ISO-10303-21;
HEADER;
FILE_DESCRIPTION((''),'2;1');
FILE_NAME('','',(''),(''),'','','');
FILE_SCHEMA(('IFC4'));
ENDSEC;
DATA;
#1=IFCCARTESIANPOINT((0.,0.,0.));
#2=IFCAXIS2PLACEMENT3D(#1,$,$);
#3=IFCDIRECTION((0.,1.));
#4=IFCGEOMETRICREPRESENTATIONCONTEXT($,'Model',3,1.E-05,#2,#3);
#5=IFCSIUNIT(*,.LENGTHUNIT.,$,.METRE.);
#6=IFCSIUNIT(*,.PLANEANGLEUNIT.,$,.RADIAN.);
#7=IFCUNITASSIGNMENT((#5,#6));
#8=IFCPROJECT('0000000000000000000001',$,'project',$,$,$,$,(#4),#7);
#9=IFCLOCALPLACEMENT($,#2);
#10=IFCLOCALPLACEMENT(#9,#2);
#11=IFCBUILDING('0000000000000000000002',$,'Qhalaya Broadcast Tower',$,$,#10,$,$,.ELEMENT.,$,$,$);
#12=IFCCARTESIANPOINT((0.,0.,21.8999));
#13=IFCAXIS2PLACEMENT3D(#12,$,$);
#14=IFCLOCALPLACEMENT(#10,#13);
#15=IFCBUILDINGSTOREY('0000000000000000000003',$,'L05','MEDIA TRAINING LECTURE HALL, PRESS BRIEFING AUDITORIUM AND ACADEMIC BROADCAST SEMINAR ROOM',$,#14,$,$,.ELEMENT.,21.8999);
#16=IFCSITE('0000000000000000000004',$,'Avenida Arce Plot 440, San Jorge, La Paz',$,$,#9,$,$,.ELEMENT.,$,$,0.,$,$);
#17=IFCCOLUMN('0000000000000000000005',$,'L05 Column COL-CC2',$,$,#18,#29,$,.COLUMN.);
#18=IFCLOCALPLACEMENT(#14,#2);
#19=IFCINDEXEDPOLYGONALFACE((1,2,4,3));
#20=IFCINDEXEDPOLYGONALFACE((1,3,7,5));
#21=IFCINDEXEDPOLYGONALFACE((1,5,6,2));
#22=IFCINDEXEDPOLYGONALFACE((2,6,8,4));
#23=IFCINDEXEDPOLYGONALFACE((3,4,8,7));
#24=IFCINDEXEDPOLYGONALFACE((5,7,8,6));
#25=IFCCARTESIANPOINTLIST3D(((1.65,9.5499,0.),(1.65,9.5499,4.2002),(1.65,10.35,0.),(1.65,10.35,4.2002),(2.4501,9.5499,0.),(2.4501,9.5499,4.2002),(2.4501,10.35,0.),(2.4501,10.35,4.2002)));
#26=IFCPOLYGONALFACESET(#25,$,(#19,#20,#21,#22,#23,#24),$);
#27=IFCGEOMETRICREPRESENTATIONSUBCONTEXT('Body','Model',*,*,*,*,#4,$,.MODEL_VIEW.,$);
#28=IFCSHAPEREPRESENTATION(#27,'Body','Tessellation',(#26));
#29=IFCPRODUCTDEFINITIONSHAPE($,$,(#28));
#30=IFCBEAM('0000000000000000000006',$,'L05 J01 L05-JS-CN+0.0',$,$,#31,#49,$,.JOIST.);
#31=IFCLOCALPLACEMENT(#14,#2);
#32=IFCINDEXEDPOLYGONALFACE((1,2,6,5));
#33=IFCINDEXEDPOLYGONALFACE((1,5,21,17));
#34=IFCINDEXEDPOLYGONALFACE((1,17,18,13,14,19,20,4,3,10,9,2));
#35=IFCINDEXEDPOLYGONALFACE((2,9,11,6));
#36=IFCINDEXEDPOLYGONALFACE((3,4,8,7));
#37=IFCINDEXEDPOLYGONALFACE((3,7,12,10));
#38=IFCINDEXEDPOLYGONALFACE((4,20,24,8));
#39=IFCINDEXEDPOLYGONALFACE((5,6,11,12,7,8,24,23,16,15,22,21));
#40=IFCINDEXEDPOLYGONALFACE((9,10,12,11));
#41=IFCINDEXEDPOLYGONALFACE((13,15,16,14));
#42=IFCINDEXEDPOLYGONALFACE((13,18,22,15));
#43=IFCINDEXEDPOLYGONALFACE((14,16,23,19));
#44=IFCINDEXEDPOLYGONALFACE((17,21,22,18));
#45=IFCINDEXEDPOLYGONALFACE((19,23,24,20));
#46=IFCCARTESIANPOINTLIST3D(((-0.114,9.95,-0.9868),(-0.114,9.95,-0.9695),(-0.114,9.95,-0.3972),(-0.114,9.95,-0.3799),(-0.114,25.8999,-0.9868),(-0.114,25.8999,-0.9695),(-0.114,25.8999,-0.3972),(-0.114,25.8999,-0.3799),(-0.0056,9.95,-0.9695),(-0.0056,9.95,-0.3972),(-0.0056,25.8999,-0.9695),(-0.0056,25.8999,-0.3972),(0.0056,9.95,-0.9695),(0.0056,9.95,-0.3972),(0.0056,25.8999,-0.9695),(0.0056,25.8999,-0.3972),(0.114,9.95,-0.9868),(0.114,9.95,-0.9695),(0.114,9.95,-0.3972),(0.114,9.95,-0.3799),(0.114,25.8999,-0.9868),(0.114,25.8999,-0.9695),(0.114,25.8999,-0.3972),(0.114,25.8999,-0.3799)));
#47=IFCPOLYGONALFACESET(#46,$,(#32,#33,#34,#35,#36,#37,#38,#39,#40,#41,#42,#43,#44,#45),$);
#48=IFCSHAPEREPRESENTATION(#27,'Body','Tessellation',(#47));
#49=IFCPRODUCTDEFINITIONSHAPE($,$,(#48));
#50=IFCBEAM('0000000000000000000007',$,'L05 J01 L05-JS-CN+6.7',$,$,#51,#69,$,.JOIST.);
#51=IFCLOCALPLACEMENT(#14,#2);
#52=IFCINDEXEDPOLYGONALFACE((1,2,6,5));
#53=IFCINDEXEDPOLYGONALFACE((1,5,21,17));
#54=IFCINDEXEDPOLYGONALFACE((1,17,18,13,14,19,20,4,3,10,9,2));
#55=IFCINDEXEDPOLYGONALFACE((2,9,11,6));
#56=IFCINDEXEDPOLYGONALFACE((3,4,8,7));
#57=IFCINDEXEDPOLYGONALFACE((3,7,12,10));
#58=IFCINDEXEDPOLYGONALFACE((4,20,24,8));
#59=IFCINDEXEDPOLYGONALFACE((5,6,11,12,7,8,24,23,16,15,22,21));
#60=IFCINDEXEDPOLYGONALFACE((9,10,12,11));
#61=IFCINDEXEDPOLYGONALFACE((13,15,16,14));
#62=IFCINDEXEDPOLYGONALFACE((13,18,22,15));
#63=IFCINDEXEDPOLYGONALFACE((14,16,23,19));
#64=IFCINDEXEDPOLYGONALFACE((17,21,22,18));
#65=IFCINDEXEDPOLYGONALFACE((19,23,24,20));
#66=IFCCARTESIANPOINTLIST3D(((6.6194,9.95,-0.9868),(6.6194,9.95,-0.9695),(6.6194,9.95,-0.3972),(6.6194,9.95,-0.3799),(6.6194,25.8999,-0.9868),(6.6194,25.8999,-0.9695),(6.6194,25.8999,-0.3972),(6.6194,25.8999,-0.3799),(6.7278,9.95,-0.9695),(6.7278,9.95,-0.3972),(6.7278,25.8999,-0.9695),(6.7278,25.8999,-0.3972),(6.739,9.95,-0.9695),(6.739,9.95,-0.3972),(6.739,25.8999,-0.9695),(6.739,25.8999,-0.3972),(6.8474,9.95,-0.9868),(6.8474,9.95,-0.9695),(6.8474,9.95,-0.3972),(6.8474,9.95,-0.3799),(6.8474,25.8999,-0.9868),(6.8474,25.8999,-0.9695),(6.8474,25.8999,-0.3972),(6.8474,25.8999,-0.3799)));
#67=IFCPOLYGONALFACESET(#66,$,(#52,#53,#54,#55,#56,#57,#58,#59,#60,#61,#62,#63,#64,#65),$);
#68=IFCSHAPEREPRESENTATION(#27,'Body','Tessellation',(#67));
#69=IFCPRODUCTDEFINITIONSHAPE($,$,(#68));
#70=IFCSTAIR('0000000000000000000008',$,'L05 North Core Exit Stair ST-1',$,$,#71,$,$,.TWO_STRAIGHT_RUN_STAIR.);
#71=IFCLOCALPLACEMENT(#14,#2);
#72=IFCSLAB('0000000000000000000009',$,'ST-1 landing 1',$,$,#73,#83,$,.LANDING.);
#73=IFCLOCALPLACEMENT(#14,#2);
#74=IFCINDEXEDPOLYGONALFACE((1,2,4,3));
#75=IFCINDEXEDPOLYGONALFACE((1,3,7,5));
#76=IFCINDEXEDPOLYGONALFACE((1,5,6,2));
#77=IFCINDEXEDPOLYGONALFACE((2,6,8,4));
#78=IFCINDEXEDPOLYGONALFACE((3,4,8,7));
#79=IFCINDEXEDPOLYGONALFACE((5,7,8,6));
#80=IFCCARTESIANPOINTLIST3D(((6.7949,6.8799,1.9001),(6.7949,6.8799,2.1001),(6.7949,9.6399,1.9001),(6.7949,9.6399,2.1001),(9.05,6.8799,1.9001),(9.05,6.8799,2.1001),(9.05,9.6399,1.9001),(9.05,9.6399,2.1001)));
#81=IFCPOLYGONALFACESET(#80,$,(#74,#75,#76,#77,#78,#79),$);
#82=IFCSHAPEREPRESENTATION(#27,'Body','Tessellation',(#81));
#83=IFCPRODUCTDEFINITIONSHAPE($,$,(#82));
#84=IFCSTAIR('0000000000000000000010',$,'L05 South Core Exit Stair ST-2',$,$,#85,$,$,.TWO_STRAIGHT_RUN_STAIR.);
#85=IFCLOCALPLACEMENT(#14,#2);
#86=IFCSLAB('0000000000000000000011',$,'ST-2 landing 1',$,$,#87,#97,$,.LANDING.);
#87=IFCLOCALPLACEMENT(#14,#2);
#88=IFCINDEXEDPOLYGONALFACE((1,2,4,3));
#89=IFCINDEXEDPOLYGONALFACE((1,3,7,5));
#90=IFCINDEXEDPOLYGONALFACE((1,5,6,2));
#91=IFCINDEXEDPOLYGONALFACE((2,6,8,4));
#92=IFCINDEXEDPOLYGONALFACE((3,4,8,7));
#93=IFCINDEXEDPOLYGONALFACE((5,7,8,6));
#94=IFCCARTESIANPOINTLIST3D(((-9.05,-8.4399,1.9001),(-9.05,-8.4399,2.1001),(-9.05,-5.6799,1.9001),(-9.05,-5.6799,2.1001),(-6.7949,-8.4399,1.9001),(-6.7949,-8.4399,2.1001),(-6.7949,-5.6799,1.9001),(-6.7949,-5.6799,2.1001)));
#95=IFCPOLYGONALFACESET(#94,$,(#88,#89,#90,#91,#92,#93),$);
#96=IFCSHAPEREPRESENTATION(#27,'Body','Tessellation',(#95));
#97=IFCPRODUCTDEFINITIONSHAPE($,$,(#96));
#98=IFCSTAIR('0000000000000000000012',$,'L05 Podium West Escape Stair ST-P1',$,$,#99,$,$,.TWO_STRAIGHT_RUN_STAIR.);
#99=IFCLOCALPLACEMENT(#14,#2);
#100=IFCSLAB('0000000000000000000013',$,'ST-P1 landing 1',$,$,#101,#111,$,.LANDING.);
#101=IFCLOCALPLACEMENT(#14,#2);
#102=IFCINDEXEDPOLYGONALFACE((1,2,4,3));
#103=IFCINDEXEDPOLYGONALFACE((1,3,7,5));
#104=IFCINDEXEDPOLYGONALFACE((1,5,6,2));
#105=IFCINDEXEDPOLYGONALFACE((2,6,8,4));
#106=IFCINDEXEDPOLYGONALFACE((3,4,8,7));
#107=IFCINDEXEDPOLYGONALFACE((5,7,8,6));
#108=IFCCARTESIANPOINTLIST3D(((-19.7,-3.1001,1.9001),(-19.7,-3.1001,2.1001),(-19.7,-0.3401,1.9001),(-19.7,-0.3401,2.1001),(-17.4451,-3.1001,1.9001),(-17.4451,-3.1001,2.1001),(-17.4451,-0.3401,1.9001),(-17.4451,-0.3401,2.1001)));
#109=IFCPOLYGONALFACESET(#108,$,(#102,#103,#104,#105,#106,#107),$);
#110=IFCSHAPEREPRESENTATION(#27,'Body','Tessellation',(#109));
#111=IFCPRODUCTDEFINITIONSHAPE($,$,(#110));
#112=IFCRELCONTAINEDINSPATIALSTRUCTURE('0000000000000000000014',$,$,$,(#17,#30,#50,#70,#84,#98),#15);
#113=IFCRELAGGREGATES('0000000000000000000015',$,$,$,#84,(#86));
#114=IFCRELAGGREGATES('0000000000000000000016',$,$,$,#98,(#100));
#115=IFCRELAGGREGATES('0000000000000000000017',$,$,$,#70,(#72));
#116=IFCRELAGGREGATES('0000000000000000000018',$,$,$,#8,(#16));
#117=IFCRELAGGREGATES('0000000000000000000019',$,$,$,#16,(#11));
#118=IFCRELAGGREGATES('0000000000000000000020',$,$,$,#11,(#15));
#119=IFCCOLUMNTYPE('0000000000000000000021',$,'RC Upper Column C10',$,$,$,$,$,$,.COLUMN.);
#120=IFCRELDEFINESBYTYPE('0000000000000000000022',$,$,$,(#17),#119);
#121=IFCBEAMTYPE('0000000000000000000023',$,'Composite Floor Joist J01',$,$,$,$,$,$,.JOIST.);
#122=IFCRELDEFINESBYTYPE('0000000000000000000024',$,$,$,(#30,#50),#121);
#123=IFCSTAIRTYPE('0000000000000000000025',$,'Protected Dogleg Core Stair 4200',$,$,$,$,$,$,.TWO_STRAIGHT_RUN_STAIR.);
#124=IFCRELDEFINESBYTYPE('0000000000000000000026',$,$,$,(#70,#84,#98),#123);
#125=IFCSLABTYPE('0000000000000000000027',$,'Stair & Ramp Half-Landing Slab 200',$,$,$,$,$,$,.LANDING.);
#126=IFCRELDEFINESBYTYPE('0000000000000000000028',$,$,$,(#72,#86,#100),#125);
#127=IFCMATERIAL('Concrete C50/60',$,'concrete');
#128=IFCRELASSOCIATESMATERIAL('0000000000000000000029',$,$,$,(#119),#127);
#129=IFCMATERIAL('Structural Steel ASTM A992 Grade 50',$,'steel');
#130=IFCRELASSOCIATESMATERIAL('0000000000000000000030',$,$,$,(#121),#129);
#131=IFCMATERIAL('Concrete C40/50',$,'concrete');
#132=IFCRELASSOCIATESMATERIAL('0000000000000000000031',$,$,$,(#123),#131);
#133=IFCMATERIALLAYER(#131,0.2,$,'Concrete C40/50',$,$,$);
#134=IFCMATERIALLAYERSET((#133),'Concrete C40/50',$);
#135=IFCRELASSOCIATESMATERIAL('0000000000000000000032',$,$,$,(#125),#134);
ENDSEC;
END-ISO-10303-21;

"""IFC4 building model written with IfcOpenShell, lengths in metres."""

from ifc_helpers import new_model, si_unit, direction, frame, origin, origin_2d, place, context, subcontext, project, spatial, polyline, rectangle, i_section, outline, extrude, material, layer, layer_set, material_profile, profile_set, type_object, element, aggregate, save


model = new_model("IFC4")

# Units and contexts
model_context = context("Model", 3, precision=1e-05, world=origin(), true_north=direction((0.0, 1.0)))
body_context = subcontext(model_context, "Body", "Model", "MODEL_VIEW")
ifc_project = project(units=[si_unit("LENGTHUNIT", "METRE"), si_unit("PLANEANGLEUNIT", "RADIAN")], contexts=[model_context])

# Site, building, storey
site_placement = place(None, origin())
site = spatial("IfcSite", under=ifc_project, at=site_placement, Name="Avenida Arce Plot 440, San Jorge, La Paz", CompositionType="ELEMENT", RefElevation=0.0)
building_placement = place(site_placement, origin())
building = spatial("IfcBuilding", under=site, at=building_placement, Name="Qhalaya Broadcast Tower", CompositionType="ELEMENT")
storey_placement = place(building_placement, frame((0.0, 0.0, 21.8999)))
storey = spatial("IfcBuildingStorey", under=building, at=storey_placement, Name="L05", Description="MEDIA TRAINING LECTURE HALL, PRESS BRIEFING AUDITORIUM AND ACADEMIC BROADCAST SEMINAR ROOM", CompositionType="ELEMENT", Elevation=21.8999)

# Column
ifc_material_1 = material(Name="Concrete C50/60", Category="concrete")
ifc_material_profile_1 = material_profile(ifc_material_1, rectangle(XDim=0.8, YDim=0.8, at=origin_2d()), Name="RC-COL 800x800")
ifc_profile_set_1 = profile_set([ifc_material_profile_1], Name="Concrete C50/60")
column_type = type_object("IfcColumnType", Name="RC Upper Column C10", PredefinedType="COLUMN", material=ifc_profile_set_1)
column_placement = place(storey_placement, frame((2.05, 9.95, 0.0), z_axis=(0.0, 0.0, 1.0), x_axis=(1.0, 0.0, 0.0)))
element("IfcColumn", 1, at=column_placement, inside=storey, type_object=column_type, Name="L05 Column COL-CC2", PredefinedType="COLUMN", context=body_context, shape_type="SweptSolid", body=[
    extrude(rectangle(XDim=0.8, YDim=0.8, at=origin_2d()), origin(), (0.0, 0.0, 1.0), 4.2002),
])

# Beams
ifc_material_2 = material(Name="Structural Steel ASTM A992 Grade 50", Category="steel")
ifc_material_profile_2 = material_profile(ifc_material_2, i_section(OverallWidth=0.228, OverallDepth=0.6069, WebThickness=0.0112, FlangeThickness=0.0173, at=origin_2d()), Name="W24X76")
ifc_profile_set_2 = profile_set([ifc_material_profile_2], Name="Structural Steel ASTM A992 Grade 50")
beam_type = type_object("IfcBeamType", Name="Composite Floor Joist J01", PredefinedType="JOIST", material=ifc_profile_set_2)
for number, where, z_axis, x_axis, name in (
    (2, (0.0, 9.95, -0.6833), (0.0, 1.0, 0.0), (-1.0, 0.0, 0.0), "L05 J01 L05-JS-CN+0.0"),
    (3, (6.7334, 9.95, -0.6833), (0.0, 1.0, 0.0), (-1.0, 0.0, 0.0), "L05 J01 L05-JS-CN+6.7"),
):
    element("IfcBeam", number, at=place(storey_placement, frame(where, z_axis=z_axis, x_axis=x_axis)), inside=storey, type_object=beam_type, Name=name, PredefinedType="JOIST", context=body_context, shape_type="SweptSolid", body=[
        extrude(i_section(OverallWidth=0.228, OverallDepth=0.6069, WebThickness=0.0112, FlangeThickness=0.0173, at=origin_2d()), origin(), (0.0, 0.0, 1.0), 15.95),
    ])

# Stairs, slabs
ifc_material_3 = material(Name="Concrete C40/50", Category="concrete")
stair_type = type_object("IfcStairType", Name="Protected Dogleg Core Stair 4200", PredefinedType="TWO_STRAIGHT_RUN_STAIR", material=ifc_material_3)
stair_1_placement = place(storey_placement, origin())
stair_1 = element("IfcStair", 4, at=stair_1_placement, inside=storey, type_object=stair_type, Name="L05 North Core Exit Stair ST-1", PredefinedType="TWO_STRAIGHT_RUN_STAIR")
ifc_layer_1 = layer(ifc_material_3, 0.2, Name="Concrete C40/50")
ifc_layer_set_1 = layer_set([ifc_layer_1], Name="Concrete C40/50")
slab_type_1 = type_object("IfcSlabType", Name="Stair & Ramp Half-Landing Slab 200", PredefinedType="LANDING", material=ifc_layer_set_1)
slab_1_placement = place(storey_placement, frame((0.0, 0.0, 1.9001)))
slab_1 = element("IfcSlab", 5, at=slab_1_placement, type_object=slab_type_1, Name="ST-1 landing 1", PredefinedType="LANDING", context=body_context, shape_type="SweptSolid", body=[
    extrude(outline(polyline([(6.7949, 6.8799), (9.05, 6.8799), (9.05, 9.6399), (6.7949, 9.6399), (6.7949, 6.8799)])), origin(), (0.0, 0.0, 1.0), 0.2),
])
stair_2_placement = place(storey_placement, origin())
stair_2 = element("IfcStair", 6, at=stair_2_placement, inside=storey, type_object=stair_type, Name="L05 South Core Exit Stair ST-2", PredefinedType="TWO_STRAIGHT_RUN_STAIR")
slab_2_placement = place(storey_placement, frame((0.0, 0.0, 1.9001)))
slab_2 = element("IfcSlab", 7, at=slab_2_placement, type_object=slab_type_1, Name="ST-2 landing 1", PredefinedType="LANDING", context=body_context, shape_type="SweptSolid", body=[
    extrude(outline(polyline([(-6.7949, -5.6799), (-9.05, -5.6799), (-9.05, -8.4399), (-6.7949, -8.4399), (-6.7949, -5.6799)])), origin(), (0.0, 0.0, 1.0), 0.2),
])
aggregate(stair_2, [slab_2])
stair_3_placement = place(storey_placement, origin())
stair_3 = element("IfcStair", 8, at=stair_3_placement, inside=storey, type_object=stair_type, Name="L05 Podium West Escape Stair ST-P1", PredefinedType="TWO_STRAIGHT_RUN_STAIR")
slab_3_placement = place(storey_placement, frame((0.0, 0.0, 1.9001)))
slab_3 = element("IfcSlab", 9, at=slab_3_placement, type_object=slab_type_1, Name="ST-P1 landing 1", PredefinedType="LANDING", context=body_context, shape_type="SweptSolid", body=[
    extrude(outline(polyline([(-17.4451, -0.3401), (-19.7, -0.3401), (-19.7, -3.1001), (-17.4451, -3.1001), (-17.4451, -0.3401)])), origin(), (0.0, 0.0, 1.0), 0.2),
])
aggregate(stair_3, [slab_3])

aggregate(stair_1, [slab_1])

save(model, "model.ifc")
